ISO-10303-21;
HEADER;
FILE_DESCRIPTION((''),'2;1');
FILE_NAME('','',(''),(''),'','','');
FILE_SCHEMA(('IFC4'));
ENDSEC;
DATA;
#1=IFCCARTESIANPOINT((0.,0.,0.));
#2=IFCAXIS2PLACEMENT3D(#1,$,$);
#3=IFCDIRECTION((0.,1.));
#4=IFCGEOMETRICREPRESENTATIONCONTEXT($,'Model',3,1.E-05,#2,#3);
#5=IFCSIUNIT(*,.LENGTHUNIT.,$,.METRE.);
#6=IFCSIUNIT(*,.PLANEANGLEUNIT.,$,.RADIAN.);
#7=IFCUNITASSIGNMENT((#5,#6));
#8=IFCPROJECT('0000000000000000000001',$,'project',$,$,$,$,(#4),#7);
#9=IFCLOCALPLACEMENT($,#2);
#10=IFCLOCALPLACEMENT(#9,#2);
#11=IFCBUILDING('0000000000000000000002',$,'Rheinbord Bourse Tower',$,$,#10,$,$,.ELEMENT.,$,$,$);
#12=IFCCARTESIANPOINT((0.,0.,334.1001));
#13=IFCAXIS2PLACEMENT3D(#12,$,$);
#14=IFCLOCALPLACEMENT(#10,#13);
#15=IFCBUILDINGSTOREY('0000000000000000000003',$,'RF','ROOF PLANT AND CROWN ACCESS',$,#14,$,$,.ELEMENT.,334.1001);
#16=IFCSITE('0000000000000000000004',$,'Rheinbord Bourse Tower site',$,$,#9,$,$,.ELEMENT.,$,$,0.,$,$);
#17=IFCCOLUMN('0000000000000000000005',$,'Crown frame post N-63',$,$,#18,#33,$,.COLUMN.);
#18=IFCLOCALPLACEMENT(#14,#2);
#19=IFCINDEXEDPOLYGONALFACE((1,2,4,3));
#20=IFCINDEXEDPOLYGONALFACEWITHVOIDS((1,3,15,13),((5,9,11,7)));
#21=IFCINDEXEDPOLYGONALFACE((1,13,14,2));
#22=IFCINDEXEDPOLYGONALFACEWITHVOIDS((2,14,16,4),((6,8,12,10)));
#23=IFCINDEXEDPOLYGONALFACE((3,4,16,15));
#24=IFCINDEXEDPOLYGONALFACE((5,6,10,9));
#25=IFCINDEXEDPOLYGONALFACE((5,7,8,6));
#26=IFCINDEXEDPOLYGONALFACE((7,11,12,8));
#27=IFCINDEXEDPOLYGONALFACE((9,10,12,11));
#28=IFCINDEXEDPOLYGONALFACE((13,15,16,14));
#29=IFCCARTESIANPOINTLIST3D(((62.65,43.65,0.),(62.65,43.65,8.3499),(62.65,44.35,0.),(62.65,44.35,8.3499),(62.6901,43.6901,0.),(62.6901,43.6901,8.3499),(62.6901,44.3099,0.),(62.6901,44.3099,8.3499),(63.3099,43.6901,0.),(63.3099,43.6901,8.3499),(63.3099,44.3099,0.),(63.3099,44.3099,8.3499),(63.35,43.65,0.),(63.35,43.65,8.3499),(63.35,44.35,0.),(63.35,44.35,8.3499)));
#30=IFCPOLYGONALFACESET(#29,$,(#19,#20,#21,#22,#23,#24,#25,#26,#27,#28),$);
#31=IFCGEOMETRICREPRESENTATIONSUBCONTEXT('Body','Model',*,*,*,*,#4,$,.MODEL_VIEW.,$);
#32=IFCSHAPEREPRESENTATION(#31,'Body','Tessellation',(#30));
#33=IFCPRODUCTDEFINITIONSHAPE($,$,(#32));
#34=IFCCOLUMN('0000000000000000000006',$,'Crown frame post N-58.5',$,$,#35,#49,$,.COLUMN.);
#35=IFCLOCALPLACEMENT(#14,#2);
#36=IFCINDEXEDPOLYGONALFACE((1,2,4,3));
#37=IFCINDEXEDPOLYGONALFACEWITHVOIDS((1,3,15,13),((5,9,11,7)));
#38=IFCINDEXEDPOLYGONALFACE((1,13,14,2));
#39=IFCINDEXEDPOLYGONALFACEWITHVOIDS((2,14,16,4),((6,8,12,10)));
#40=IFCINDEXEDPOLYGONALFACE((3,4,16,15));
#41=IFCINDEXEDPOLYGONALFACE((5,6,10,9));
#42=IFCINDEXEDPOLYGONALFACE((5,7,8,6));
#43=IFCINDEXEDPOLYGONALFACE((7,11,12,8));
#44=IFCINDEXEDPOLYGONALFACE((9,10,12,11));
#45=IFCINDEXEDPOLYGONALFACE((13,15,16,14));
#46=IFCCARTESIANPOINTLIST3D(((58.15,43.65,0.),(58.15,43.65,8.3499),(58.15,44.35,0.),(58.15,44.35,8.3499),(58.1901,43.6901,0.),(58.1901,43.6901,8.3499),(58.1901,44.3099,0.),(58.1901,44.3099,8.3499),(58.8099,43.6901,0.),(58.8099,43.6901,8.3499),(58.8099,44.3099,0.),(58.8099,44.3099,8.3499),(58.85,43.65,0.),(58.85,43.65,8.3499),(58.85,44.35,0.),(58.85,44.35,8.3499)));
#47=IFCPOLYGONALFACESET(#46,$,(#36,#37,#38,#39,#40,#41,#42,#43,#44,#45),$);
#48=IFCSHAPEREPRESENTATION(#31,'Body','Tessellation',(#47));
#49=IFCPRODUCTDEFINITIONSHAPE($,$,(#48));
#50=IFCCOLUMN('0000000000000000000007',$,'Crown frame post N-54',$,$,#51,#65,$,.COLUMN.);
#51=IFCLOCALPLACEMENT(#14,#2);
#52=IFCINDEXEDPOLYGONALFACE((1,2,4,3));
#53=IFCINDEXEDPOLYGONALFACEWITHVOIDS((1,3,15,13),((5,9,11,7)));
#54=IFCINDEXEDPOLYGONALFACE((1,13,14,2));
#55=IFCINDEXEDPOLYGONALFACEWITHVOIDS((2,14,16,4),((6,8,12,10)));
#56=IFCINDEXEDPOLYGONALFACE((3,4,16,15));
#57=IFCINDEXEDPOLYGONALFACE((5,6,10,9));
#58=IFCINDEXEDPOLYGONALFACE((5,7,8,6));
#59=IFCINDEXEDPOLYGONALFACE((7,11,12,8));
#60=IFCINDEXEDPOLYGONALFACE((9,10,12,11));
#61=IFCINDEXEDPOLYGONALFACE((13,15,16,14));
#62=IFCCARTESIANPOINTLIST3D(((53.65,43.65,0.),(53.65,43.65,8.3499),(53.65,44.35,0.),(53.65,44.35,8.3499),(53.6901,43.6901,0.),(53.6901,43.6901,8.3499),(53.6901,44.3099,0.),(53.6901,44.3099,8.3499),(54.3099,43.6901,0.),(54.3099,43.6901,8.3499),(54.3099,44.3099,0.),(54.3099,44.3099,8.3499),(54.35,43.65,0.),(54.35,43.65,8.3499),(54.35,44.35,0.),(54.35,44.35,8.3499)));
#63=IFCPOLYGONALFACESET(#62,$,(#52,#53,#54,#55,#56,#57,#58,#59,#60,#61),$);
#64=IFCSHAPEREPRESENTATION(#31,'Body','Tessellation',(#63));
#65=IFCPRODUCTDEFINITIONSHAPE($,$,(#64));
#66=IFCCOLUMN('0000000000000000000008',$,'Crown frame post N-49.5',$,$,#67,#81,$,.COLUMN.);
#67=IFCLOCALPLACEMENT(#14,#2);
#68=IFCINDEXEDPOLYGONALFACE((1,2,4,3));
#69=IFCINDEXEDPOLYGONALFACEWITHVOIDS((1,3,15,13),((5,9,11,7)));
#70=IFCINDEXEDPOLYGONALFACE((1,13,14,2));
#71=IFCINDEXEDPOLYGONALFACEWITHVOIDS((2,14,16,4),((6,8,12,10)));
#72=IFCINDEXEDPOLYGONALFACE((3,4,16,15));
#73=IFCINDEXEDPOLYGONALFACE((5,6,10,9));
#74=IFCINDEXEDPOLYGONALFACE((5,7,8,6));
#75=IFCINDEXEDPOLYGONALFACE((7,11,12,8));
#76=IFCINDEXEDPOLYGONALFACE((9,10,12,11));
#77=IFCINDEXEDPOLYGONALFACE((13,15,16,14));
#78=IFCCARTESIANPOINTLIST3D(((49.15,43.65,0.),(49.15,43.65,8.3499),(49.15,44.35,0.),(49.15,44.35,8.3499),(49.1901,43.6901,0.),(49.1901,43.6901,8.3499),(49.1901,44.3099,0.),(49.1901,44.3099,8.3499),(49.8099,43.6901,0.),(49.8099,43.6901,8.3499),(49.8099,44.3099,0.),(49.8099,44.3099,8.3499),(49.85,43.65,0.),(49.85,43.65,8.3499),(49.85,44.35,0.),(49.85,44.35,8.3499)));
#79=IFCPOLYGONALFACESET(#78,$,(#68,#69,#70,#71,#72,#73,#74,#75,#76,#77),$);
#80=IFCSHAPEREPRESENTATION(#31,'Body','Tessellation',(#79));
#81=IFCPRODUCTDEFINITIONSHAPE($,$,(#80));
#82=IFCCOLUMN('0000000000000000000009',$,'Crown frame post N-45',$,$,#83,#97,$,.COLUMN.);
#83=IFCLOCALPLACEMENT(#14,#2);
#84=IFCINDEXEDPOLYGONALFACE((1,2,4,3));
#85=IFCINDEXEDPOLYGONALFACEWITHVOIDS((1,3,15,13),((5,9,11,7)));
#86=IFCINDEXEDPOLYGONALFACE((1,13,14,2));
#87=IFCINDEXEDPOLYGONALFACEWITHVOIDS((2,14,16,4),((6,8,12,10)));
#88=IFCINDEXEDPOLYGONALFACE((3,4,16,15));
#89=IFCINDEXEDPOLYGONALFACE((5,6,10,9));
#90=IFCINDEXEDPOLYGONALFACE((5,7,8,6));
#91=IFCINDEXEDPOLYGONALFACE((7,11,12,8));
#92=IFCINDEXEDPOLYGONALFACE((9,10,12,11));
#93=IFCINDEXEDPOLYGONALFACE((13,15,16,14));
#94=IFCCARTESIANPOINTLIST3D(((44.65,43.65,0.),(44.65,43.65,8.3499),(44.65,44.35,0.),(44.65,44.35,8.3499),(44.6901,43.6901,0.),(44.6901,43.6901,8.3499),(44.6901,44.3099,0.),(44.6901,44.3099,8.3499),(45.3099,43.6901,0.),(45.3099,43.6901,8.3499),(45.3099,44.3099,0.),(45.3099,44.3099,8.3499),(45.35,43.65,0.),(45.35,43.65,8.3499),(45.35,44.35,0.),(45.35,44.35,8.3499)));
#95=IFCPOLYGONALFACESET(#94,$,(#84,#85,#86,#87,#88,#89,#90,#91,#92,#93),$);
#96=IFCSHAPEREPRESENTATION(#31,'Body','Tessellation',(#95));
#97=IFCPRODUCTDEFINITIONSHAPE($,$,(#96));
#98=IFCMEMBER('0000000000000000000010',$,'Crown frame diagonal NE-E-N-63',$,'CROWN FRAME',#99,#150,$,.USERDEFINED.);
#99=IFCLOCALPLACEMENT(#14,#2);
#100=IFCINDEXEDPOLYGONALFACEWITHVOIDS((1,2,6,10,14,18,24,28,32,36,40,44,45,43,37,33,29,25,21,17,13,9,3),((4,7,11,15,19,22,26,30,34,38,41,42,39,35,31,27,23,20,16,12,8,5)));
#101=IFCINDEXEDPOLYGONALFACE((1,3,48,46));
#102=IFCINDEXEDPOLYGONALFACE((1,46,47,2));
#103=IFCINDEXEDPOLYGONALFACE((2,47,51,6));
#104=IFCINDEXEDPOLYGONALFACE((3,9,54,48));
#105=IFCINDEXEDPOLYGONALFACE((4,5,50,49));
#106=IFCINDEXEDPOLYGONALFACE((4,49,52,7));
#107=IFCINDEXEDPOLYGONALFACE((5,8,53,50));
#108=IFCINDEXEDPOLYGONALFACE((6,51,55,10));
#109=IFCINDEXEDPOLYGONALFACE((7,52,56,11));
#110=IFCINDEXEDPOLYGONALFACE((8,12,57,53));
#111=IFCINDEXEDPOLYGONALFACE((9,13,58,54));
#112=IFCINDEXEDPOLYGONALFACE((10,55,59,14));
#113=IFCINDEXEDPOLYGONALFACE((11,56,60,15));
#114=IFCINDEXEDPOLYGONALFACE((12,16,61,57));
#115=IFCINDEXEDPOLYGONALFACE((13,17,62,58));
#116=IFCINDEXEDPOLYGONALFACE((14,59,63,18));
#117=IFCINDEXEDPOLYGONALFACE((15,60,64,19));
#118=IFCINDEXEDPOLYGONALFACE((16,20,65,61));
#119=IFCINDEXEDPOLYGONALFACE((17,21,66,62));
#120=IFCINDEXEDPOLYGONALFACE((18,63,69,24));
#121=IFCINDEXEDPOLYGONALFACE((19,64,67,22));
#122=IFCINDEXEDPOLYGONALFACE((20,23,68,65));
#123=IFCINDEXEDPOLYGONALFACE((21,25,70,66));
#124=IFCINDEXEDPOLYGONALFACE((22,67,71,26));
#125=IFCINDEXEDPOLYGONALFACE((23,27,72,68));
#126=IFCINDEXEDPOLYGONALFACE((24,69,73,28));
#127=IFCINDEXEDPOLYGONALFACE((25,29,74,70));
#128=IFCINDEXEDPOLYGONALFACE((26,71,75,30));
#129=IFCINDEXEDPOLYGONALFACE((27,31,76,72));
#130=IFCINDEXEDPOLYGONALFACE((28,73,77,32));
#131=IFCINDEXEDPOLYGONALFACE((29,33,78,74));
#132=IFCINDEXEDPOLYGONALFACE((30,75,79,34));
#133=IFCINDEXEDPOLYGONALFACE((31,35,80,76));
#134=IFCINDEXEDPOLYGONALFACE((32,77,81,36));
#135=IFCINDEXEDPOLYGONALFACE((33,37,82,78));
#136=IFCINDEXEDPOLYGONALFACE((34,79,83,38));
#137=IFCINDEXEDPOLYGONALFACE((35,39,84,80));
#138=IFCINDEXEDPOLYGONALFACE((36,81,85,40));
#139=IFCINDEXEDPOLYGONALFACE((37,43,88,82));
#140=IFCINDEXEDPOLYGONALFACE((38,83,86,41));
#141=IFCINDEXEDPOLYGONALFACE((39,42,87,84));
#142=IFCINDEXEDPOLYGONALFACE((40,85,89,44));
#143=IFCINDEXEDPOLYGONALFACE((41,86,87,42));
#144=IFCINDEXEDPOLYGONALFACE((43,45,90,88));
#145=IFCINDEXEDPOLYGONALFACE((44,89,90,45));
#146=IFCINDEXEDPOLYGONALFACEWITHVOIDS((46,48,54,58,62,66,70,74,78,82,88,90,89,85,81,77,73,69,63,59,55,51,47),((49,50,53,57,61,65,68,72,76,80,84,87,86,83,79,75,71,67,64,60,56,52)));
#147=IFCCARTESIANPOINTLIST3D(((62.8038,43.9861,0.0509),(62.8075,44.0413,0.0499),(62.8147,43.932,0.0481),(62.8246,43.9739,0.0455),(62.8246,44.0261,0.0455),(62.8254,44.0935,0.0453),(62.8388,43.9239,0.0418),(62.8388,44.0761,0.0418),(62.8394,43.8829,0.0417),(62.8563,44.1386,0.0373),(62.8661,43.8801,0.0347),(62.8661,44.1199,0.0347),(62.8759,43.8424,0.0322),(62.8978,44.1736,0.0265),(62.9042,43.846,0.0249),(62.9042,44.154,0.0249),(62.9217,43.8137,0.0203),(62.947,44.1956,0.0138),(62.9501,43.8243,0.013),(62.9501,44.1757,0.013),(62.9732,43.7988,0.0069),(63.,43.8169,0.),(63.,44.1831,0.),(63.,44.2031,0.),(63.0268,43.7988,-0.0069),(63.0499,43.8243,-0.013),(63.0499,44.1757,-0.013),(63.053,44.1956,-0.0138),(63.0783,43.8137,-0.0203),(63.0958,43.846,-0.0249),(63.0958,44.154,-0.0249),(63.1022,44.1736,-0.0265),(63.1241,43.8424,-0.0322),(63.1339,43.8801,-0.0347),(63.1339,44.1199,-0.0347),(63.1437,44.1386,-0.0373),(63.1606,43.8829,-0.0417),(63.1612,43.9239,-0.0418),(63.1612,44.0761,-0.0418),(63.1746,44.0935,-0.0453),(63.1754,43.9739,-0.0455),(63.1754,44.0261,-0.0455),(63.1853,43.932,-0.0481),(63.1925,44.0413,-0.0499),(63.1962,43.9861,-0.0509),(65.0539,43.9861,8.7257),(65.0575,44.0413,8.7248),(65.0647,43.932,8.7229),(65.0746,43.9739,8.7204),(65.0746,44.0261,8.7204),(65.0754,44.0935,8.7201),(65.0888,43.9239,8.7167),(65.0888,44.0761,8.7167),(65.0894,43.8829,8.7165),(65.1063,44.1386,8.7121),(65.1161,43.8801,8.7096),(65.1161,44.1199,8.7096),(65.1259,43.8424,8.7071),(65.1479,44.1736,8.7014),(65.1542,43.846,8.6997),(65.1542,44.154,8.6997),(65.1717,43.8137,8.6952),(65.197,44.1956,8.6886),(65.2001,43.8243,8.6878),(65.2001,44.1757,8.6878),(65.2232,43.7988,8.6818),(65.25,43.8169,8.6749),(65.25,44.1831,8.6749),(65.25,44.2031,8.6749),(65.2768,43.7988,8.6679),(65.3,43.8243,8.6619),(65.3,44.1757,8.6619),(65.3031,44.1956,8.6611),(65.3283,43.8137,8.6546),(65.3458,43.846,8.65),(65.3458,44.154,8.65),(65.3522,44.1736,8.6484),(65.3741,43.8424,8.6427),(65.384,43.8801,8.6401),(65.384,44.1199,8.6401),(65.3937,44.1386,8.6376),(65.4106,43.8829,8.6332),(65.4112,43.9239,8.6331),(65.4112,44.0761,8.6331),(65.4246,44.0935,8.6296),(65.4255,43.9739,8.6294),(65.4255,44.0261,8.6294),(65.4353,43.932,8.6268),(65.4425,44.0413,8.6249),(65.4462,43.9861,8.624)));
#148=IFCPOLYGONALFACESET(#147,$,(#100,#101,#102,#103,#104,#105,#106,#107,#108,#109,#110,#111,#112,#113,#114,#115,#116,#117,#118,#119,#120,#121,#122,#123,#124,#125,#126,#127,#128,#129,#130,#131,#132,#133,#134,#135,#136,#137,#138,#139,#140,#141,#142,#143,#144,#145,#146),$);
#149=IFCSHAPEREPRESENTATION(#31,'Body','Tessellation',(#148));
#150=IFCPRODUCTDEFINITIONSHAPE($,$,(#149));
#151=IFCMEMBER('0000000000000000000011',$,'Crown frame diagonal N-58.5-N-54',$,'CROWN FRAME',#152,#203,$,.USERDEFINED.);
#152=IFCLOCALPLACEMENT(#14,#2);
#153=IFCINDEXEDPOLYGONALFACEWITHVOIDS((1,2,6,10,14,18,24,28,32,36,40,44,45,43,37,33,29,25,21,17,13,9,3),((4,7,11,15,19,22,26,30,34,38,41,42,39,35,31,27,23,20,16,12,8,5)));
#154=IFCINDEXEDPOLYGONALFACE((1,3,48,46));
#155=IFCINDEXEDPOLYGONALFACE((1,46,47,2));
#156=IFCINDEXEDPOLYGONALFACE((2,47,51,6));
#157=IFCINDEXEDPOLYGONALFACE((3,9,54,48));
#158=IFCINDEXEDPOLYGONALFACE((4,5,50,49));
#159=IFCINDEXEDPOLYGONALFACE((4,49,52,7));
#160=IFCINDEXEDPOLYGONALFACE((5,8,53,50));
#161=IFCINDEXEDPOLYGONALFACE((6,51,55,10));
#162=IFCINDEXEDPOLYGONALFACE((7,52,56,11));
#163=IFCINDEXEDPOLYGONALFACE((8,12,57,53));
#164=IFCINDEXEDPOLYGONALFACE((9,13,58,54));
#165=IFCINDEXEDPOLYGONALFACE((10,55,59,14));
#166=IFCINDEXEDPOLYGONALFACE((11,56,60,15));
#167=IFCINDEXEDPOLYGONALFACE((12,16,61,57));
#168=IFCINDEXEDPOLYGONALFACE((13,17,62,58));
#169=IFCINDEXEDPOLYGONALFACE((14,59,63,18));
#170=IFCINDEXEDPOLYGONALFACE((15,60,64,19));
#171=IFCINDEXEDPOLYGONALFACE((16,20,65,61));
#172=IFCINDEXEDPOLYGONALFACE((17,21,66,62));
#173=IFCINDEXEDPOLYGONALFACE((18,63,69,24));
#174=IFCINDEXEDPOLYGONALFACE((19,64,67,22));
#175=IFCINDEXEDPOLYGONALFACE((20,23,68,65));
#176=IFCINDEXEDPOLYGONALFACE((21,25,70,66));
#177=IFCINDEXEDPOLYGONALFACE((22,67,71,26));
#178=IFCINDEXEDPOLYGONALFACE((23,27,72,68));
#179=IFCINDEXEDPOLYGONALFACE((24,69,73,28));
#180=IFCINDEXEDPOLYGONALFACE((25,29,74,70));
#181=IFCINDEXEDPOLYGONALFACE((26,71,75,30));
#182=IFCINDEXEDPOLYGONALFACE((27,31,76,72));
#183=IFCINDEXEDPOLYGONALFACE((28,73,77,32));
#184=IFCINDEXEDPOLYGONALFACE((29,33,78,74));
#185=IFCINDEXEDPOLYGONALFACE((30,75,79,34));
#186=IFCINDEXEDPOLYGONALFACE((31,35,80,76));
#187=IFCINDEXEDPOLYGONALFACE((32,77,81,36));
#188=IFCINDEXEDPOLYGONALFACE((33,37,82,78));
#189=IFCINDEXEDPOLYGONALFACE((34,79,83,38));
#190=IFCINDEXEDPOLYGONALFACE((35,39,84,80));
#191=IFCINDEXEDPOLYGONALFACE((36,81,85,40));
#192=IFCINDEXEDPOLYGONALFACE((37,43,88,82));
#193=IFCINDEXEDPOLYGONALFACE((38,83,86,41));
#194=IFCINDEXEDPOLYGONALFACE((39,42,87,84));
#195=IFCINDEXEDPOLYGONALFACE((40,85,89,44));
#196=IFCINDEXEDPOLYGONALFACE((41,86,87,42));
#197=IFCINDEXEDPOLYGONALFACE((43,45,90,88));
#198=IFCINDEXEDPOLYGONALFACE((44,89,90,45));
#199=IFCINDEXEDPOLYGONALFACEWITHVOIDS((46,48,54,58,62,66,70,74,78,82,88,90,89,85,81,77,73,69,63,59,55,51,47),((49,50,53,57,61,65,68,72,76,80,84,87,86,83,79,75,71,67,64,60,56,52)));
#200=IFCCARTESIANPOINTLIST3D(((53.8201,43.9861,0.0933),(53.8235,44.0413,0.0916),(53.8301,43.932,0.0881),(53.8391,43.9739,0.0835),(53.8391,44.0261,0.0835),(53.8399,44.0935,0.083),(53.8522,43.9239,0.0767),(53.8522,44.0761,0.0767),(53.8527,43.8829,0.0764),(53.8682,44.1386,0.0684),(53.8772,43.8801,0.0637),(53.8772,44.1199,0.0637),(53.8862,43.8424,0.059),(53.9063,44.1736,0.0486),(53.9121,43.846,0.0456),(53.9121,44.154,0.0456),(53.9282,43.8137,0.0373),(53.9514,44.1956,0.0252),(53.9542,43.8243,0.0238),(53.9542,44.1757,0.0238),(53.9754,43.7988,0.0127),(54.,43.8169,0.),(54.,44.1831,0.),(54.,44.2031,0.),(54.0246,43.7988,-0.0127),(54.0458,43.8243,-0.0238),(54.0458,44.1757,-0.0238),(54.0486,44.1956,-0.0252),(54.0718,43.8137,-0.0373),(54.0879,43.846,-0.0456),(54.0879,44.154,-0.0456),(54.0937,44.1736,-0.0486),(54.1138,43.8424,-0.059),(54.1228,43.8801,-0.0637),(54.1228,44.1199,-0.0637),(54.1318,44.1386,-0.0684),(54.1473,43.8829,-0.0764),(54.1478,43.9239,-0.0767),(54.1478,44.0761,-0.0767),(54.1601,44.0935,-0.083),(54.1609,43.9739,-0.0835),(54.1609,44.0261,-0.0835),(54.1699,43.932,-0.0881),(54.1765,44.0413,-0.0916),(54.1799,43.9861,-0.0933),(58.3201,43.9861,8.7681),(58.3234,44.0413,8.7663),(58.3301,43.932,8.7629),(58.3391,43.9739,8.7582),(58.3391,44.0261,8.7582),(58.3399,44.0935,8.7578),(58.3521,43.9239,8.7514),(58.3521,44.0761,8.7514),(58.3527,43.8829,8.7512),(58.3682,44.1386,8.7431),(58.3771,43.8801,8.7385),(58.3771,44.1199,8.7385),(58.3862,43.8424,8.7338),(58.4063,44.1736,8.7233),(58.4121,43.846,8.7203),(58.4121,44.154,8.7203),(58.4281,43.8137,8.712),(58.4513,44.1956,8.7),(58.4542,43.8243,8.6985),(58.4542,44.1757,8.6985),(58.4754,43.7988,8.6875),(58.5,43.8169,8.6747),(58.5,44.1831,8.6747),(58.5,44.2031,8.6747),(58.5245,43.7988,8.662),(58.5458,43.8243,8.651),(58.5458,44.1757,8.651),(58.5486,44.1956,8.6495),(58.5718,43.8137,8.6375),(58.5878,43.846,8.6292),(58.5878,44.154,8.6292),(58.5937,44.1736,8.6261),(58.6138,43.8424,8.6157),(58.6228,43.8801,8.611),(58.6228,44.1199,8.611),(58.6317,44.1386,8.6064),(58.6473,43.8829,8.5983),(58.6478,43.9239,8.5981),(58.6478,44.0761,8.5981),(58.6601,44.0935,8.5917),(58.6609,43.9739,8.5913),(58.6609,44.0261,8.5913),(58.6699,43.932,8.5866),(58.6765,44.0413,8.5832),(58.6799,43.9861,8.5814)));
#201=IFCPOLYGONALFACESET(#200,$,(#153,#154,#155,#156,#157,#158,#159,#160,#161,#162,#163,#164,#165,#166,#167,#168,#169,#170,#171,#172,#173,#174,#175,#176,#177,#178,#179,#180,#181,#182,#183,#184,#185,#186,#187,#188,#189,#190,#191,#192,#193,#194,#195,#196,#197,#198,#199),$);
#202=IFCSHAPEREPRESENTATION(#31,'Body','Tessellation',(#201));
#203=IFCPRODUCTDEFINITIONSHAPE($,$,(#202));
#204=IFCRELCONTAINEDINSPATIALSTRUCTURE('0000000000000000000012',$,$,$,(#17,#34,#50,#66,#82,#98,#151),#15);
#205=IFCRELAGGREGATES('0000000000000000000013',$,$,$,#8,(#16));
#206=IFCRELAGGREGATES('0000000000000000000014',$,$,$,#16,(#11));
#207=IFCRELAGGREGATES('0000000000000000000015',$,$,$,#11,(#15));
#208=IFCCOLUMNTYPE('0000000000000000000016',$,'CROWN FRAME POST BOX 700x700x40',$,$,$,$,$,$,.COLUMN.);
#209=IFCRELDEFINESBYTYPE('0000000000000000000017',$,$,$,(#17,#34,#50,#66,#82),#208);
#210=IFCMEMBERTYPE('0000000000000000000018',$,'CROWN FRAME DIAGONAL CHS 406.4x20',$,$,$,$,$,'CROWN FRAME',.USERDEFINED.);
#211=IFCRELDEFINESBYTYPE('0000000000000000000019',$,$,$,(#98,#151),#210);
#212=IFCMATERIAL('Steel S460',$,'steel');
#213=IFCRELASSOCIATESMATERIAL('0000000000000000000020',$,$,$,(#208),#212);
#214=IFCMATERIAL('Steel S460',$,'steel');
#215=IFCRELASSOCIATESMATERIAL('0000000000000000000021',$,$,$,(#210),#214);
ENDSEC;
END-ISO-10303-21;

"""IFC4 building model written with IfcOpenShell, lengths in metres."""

from ifc_helpers import new_model, si_unit, direction, frame, origin, origin_2d, place, context, subcontext, project, spatial, hollow_rectangle, hollow_circle, extrude, material, material_profile, profile_set, type_object, element, save


model = new_model("IFC4")

# Units and contexts
model_context = context("Model", 3, precision=1e-05, world=origin(), true_north=direction((0.0, 1.0)))
body_context = subcontext(model_context, "Body", "Model", "MODEL_VIEW")
ifc_project = project(units=[si_unit("LENGTHUNIT", "METRE"), si_unit("PLANEANGLEUNIT", "RADIAN")], contexts=[model_context])

# Site, building, storey
site_placement = place(None, origin())
site = spatial("IfcSite", under=ifc_project, at=site_placement, Name="Rheinbord Bourse Tower site", CompositionType="ELEMENT", RefElevation=0.0)
building_placement = place(site_placement, origin())
building = spatial("IfcBuilding", under=site, at=building_placement, Name="Rheinbord Bourse Tower", CompositionType="ELEMENT")
storey_placement = place(building_placement, frame((0.0, 0.0, 334.1001)))
storey = spatial("IfcBuildingStorey", under=building, at=storey_placement, Name="RF", Description="ROOF PLANT AND CROWN ACCESS", CompositionType="ELEMENT", Elevation=334.1001)

# Columns
ifc_material_1 = material(Name="Steel S460", Category="steel")
ifc_material_profile_1 = material_profile(ifc_material_1, hollow_rectangle(XDim=0.7, YDim=0.7, WallThickness=0.04, at=origin_2d()), Name="BOX 700x700x40")
ifc_profile_set_1 = profile_set([ifc_material_profile_1], Name="Steel S460")
column_type = type_object("IfcColumnType", Name="CROWN FRAME POST BOX 700x700x40", PredefinedType="COLUMN", material=ifc_profile_set_1)
for number, where, z_axis, x_axis, name in (
    (1, (63.0, 44.0, 0.0), (0.0, 0.0, 1.0), (1.0, 0.0, 0.0), "Crown frame post N-63"),
    (2, (58.5, 44.0, 0.0), (0.0, 0.0, 1.0), (1.0, 0.0, 0.0), "Crown frame post N-58.5"),
    (3, (54.0, 44.0, 0.0), (0.0, 0.0, 1.0), (1.0, 0.0, 0.0), "Crown frame post N-54"),
    (4, (49.5, 44.0, 0.0), (0.0, 0.0, 1.0), (1.0, 0.0, 0.0), "Crown frame post N-49.5"),
    (5, (45.0, 44.0, 0.0), (0.0, 0.0, 1.0), (1.0, 0.0, 0.0), "Crown frame post N-45"),
):
    element("IfcColumn", number, at=place(storey_placement, frame(where, z_axis=z_axis, x_axis=x_axis)), inside=storey, type_object=column_type, Name=name, PredefinedType="COLUMN", context=body_context, shape_type="SweptSolid", body=[
        extrude(hollow_rectangle(XDim=0.7, YDim=0.7, WallThickness=0.04, at=origin_2d()), origin(), (0.0, 0.0, 1.0), 8.3499),
    ])

# Members
ifc_material_2 = material(Name="Steel S460", Category="steel")
ifc_material_profile_2 = material_profile(ifc_material_2, hollow_circle(Radius=0.2031, WallThickness=0.02, at=origin_2d()), Name="CHS 406.4x20")
ifc_profile_set_2 = profile_set([ifc_material_profile_2], Name="Steel S460")
member_type = type_object("IfcMemberType", Name="CROWN FRAME DIAGONAL CHS 406.4x20", ElementType="CROWN FRAME", PredefinedType="USERDEFINED", material=ifc_profile_set_2)
member_placement = place(storey_placement, frame((63.0, 44.0, 0.0), z_axis=(0.251064, 0.0, 0.96797), x_axis=(0.0, 1.0, 0.0)))
element("IfcMember", 6, at=member_placement, inside=storey, type_object=member_type, Name="Crown frame diagonal NE-E-N-63", ObjectType="CROWN FRAME", PredefinedType="USERDEFINED", context=body_context, shape_type="SweptSolid", body=[
    extrude(hollow_circle(Radius=0.2031, WallThickness=0.02, at=origin_2d()), origin(), (0.0, 0.0, 1.0), 8.9619),
])
for number, where, z_axis, x_axis, name in (
    (7, (54.0, 44.0, 0.0), (0.460475, 0.0, 0.887673), (0.0, 1.0, 0.0), "Crown frame diagonal N-58.5-N-54"),
):
    element("IfcMember", number, at=place(storey_placement, frame(where, z_axis=z_axis, x_axis=x_axis)), inside=storey, type_object=member_type, Name=name, ObjectType="CROWN FRAME", PredefinedType="USERDEFINED", context=body_context, shape_type="SweptSolid", body=[
        extrude(hollow_circle(Radius=0.2031, WallThickness=0.02, at=origin_2d()), origin(), (0.0, 0.0, 1.0), 9.7725),
    ])

save(model, "model.ifc")
